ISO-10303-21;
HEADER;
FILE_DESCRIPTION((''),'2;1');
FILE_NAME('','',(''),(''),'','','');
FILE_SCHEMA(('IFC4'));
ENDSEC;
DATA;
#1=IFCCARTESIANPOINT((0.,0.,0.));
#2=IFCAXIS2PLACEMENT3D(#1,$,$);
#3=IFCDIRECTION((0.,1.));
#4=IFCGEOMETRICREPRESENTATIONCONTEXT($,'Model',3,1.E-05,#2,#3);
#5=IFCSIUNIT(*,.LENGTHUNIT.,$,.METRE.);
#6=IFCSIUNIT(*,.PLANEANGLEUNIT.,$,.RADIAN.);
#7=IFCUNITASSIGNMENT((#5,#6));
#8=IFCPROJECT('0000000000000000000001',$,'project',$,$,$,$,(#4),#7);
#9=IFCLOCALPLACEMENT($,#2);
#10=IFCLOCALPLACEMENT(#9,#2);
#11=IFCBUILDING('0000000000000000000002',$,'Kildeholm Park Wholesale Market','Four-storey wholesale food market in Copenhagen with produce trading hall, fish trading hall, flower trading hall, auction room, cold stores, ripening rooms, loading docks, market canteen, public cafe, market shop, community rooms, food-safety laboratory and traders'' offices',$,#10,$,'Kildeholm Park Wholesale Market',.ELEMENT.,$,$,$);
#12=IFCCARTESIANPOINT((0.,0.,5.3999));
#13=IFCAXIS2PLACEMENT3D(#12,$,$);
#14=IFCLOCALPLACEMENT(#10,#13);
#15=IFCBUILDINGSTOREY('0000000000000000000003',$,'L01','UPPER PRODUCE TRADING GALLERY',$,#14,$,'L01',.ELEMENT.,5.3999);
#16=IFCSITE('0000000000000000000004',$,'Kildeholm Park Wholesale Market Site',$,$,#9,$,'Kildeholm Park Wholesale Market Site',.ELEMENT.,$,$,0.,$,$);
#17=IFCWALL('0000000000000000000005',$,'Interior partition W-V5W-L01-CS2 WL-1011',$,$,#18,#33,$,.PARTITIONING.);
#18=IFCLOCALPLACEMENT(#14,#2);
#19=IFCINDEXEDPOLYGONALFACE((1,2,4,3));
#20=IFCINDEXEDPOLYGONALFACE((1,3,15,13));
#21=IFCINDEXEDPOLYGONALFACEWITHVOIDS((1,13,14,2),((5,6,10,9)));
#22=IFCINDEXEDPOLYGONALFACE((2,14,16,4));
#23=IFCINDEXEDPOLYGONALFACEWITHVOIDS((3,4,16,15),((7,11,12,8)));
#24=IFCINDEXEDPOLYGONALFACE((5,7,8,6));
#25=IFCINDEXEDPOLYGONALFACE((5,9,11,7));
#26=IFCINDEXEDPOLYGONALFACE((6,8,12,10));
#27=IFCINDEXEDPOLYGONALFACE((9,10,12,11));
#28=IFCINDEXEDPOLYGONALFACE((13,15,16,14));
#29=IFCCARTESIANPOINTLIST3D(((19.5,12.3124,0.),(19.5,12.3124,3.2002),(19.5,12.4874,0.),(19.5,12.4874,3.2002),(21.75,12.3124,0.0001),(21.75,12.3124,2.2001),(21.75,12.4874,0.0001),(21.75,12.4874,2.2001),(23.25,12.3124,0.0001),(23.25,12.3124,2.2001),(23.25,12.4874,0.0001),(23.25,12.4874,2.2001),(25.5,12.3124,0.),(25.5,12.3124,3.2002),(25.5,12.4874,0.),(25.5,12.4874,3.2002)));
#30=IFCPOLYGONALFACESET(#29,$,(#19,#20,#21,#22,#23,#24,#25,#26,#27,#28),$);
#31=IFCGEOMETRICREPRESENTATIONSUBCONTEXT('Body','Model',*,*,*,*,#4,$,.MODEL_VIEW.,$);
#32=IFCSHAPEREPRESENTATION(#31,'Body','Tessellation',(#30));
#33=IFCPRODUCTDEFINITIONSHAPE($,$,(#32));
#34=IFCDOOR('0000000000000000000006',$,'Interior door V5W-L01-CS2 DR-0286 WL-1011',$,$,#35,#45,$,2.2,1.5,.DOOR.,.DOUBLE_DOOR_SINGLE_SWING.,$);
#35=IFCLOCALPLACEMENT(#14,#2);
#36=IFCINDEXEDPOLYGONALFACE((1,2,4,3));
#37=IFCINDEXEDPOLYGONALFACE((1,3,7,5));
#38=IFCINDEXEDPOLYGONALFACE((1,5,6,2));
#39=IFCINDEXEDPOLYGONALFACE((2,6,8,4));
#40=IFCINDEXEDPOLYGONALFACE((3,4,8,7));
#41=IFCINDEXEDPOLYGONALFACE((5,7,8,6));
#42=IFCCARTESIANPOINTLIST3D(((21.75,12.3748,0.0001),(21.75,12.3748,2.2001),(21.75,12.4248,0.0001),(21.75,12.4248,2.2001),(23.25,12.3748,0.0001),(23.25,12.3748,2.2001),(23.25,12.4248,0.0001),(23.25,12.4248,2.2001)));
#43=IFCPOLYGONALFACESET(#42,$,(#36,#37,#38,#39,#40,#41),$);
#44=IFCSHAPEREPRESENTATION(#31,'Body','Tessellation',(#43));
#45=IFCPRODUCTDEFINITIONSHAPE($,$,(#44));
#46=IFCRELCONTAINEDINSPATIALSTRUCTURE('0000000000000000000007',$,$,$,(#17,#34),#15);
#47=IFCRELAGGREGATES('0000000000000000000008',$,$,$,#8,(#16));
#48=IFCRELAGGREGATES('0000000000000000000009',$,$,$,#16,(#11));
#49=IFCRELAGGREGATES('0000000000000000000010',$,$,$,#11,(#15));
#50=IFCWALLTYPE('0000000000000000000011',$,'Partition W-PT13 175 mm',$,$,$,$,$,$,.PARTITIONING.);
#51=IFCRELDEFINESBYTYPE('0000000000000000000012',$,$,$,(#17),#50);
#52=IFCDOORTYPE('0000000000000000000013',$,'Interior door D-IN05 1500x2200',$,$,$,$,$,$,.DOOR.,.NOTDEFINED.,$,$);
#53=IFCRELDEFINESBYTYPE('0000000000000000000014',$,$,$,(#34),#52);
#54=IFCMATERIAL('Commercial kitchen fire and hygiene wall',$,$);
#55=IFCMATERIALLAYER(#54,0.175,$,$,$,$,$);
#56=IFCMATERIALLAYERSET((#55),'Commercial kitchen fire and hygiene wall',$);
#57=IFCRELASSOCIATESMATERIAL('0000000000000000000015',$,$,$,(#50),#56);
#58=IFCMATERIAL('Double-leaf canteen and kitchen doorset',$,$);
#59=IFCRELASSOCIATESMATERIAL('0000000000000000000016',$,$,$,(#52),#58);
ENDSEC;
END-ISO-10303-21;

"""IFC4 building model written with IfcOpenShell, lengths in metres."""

from ifc_helpers import new_model, si_unit, direction, frame, frame_2d, origin, place, context, subcontext, project, spatial, rectangle, extrude, material, layer, layer_set, type_object, element, fill, save


model = new_model("IFC4")

# Units and contexts
model_context = context("Model", 3, precision=1e-05, world=origin(), true_north=direction((0.0, 1.0)))
body_context = subcontext(model_context, "Body", "Model", "MODEL_VIEW")
ifc_project = project(units=[si_unit("LENGTHUNIT", "METRE"), si_unit("PLANEANGLEUNIT", "RADIAN")], contexts=[model_context])

# Site, building, storey
site_placement = place(None, origin())
site = spatial("IfcSite", under=ifc_project, at=site_placement, Name="Kildeholm Park Wholesale Market Site", LongName="Kildeholm Park Wholesale Market Site", CompositionType="ELEMENT", RefElevation=0.0)
building_placement = place(site_placement, origin())
building = spatial("IfcBuilding", under=site, at=building_placement, Name="Kildeholm Park Wholesale Market", Description="Four-storey wholesale food market in Copenhagen with produce trading hall, fish trading hall, flower trading hall, auction room, cold stores, ripening rooms, loading docks, market canteen, public cafe, market shop, community rooms, food-safety laboratory and traders' offices", LongName="Kildeholm Park Wholesale Market", CompositionType="ELEMENT")
storey_placement = place(building_placement, frame((0.0, 0.0, 5.3999)))
storey = spatial("IfcBuildingStorey", under=building, at=storey_placement, Name="L01", Description="UPPER PRODUCE TRADING GALLERY", LongName="L01", CompositionType="ELEMENT", Elevation=5.3999)

# Wall, opening, door
ifc_material_1 = material(Name="Commercial kitchen fire and hygiene wall")
ifc_layer_1 = layer(ifc_material_1, 0.175)
ifc_layer_set_1 = layer_set([ifc_layer_1], Name="Commercial kitchen fire and hygiene wall")
wall_type_1 = type_object("IfcWallType", Name="Partition W-PT13 175 mm", PredefinedType="PARTITIONING", material=ifc_layer_set_1)
ifc_material_2 = material(Name="Double-leaf canteen and kitchen doorset")
door_type_1 = type_object("IfcDoorType", Name="Interior door D-IN05 1500x2200", OperationType="NOTDEFINED", PredefinedType="DOOR", material=ifc_material_2)
wall_1_placement = place(storey_placement, frame((19.5, 12.3999, 0.0), z_axis=(0.0, 0.0, 1.0), x_axis=(1.0, 0.0, 0.0)))
wall_1 = element("IfcWall", 1, at=wall_1_placement, inside=storey, type_object=wall_type_1, Name="Interior partition W-V5W-L01-CS2 WL-1011", PredefinedType="PARTITIONING", context=body_context, shape_type="SweptSolid", body=[
    extrude(rectangle(XDim=6.0, YDim=0.175, at=frame_2d((3.0, 0.0))), origin(), (0.0, 0.0, 1.0), 3.2002),
])
opening_1_placement = place(wall_1_placement, frame((2.25, 0.0, 0.0)))
opening_1 = element("IfcOpeningElement", 2, at=opening_1_placement, cuts=wall_1, PredefinedType="OPENING", context=body_context, shape_type="SweptSolid", body=[
    extrude(rectangle(XDim=1.5, YDim=2.2, at=frame_2d((0.75, 1.1001))), frame((0.0, 0.0974, 0.0), z_axis=(0.0, -1.0, 0.0), x_axis=(1.0, 0.0, 0.0)), (0.0, 0.0, 1.0), 0.1951),
])
door_1_placement = place(opening_1_placement, origin())
door_1 = element("IfcDoor", 3, at=door_1_placement, inside=storey, type_object=door_type_1, Name="Interior door V5W-L01-CS2 DR-0286 WL-1011", OperationType="DOUBLE_DOOR_SINGLE_SWING", OverallHeight=2.2, OverallWidth=1.5, PredefinedType="DOOR", context=body_context, shape_type="SweptSolid", body=[
    extrude(rectangle(XDim=1.5, YDim=2.2, at=frame_2d((0.75, 1.1001))), frame((0.0, 0.0249, 0.0), z_axis=(0.0, -1.0, 0.0), x_axis=(1.0, 0.0, 0.0)), (0.0, 0.0, 1.0), 0.05),
])
fill(opening_1, door_1)

save(model, "model.ifc")
